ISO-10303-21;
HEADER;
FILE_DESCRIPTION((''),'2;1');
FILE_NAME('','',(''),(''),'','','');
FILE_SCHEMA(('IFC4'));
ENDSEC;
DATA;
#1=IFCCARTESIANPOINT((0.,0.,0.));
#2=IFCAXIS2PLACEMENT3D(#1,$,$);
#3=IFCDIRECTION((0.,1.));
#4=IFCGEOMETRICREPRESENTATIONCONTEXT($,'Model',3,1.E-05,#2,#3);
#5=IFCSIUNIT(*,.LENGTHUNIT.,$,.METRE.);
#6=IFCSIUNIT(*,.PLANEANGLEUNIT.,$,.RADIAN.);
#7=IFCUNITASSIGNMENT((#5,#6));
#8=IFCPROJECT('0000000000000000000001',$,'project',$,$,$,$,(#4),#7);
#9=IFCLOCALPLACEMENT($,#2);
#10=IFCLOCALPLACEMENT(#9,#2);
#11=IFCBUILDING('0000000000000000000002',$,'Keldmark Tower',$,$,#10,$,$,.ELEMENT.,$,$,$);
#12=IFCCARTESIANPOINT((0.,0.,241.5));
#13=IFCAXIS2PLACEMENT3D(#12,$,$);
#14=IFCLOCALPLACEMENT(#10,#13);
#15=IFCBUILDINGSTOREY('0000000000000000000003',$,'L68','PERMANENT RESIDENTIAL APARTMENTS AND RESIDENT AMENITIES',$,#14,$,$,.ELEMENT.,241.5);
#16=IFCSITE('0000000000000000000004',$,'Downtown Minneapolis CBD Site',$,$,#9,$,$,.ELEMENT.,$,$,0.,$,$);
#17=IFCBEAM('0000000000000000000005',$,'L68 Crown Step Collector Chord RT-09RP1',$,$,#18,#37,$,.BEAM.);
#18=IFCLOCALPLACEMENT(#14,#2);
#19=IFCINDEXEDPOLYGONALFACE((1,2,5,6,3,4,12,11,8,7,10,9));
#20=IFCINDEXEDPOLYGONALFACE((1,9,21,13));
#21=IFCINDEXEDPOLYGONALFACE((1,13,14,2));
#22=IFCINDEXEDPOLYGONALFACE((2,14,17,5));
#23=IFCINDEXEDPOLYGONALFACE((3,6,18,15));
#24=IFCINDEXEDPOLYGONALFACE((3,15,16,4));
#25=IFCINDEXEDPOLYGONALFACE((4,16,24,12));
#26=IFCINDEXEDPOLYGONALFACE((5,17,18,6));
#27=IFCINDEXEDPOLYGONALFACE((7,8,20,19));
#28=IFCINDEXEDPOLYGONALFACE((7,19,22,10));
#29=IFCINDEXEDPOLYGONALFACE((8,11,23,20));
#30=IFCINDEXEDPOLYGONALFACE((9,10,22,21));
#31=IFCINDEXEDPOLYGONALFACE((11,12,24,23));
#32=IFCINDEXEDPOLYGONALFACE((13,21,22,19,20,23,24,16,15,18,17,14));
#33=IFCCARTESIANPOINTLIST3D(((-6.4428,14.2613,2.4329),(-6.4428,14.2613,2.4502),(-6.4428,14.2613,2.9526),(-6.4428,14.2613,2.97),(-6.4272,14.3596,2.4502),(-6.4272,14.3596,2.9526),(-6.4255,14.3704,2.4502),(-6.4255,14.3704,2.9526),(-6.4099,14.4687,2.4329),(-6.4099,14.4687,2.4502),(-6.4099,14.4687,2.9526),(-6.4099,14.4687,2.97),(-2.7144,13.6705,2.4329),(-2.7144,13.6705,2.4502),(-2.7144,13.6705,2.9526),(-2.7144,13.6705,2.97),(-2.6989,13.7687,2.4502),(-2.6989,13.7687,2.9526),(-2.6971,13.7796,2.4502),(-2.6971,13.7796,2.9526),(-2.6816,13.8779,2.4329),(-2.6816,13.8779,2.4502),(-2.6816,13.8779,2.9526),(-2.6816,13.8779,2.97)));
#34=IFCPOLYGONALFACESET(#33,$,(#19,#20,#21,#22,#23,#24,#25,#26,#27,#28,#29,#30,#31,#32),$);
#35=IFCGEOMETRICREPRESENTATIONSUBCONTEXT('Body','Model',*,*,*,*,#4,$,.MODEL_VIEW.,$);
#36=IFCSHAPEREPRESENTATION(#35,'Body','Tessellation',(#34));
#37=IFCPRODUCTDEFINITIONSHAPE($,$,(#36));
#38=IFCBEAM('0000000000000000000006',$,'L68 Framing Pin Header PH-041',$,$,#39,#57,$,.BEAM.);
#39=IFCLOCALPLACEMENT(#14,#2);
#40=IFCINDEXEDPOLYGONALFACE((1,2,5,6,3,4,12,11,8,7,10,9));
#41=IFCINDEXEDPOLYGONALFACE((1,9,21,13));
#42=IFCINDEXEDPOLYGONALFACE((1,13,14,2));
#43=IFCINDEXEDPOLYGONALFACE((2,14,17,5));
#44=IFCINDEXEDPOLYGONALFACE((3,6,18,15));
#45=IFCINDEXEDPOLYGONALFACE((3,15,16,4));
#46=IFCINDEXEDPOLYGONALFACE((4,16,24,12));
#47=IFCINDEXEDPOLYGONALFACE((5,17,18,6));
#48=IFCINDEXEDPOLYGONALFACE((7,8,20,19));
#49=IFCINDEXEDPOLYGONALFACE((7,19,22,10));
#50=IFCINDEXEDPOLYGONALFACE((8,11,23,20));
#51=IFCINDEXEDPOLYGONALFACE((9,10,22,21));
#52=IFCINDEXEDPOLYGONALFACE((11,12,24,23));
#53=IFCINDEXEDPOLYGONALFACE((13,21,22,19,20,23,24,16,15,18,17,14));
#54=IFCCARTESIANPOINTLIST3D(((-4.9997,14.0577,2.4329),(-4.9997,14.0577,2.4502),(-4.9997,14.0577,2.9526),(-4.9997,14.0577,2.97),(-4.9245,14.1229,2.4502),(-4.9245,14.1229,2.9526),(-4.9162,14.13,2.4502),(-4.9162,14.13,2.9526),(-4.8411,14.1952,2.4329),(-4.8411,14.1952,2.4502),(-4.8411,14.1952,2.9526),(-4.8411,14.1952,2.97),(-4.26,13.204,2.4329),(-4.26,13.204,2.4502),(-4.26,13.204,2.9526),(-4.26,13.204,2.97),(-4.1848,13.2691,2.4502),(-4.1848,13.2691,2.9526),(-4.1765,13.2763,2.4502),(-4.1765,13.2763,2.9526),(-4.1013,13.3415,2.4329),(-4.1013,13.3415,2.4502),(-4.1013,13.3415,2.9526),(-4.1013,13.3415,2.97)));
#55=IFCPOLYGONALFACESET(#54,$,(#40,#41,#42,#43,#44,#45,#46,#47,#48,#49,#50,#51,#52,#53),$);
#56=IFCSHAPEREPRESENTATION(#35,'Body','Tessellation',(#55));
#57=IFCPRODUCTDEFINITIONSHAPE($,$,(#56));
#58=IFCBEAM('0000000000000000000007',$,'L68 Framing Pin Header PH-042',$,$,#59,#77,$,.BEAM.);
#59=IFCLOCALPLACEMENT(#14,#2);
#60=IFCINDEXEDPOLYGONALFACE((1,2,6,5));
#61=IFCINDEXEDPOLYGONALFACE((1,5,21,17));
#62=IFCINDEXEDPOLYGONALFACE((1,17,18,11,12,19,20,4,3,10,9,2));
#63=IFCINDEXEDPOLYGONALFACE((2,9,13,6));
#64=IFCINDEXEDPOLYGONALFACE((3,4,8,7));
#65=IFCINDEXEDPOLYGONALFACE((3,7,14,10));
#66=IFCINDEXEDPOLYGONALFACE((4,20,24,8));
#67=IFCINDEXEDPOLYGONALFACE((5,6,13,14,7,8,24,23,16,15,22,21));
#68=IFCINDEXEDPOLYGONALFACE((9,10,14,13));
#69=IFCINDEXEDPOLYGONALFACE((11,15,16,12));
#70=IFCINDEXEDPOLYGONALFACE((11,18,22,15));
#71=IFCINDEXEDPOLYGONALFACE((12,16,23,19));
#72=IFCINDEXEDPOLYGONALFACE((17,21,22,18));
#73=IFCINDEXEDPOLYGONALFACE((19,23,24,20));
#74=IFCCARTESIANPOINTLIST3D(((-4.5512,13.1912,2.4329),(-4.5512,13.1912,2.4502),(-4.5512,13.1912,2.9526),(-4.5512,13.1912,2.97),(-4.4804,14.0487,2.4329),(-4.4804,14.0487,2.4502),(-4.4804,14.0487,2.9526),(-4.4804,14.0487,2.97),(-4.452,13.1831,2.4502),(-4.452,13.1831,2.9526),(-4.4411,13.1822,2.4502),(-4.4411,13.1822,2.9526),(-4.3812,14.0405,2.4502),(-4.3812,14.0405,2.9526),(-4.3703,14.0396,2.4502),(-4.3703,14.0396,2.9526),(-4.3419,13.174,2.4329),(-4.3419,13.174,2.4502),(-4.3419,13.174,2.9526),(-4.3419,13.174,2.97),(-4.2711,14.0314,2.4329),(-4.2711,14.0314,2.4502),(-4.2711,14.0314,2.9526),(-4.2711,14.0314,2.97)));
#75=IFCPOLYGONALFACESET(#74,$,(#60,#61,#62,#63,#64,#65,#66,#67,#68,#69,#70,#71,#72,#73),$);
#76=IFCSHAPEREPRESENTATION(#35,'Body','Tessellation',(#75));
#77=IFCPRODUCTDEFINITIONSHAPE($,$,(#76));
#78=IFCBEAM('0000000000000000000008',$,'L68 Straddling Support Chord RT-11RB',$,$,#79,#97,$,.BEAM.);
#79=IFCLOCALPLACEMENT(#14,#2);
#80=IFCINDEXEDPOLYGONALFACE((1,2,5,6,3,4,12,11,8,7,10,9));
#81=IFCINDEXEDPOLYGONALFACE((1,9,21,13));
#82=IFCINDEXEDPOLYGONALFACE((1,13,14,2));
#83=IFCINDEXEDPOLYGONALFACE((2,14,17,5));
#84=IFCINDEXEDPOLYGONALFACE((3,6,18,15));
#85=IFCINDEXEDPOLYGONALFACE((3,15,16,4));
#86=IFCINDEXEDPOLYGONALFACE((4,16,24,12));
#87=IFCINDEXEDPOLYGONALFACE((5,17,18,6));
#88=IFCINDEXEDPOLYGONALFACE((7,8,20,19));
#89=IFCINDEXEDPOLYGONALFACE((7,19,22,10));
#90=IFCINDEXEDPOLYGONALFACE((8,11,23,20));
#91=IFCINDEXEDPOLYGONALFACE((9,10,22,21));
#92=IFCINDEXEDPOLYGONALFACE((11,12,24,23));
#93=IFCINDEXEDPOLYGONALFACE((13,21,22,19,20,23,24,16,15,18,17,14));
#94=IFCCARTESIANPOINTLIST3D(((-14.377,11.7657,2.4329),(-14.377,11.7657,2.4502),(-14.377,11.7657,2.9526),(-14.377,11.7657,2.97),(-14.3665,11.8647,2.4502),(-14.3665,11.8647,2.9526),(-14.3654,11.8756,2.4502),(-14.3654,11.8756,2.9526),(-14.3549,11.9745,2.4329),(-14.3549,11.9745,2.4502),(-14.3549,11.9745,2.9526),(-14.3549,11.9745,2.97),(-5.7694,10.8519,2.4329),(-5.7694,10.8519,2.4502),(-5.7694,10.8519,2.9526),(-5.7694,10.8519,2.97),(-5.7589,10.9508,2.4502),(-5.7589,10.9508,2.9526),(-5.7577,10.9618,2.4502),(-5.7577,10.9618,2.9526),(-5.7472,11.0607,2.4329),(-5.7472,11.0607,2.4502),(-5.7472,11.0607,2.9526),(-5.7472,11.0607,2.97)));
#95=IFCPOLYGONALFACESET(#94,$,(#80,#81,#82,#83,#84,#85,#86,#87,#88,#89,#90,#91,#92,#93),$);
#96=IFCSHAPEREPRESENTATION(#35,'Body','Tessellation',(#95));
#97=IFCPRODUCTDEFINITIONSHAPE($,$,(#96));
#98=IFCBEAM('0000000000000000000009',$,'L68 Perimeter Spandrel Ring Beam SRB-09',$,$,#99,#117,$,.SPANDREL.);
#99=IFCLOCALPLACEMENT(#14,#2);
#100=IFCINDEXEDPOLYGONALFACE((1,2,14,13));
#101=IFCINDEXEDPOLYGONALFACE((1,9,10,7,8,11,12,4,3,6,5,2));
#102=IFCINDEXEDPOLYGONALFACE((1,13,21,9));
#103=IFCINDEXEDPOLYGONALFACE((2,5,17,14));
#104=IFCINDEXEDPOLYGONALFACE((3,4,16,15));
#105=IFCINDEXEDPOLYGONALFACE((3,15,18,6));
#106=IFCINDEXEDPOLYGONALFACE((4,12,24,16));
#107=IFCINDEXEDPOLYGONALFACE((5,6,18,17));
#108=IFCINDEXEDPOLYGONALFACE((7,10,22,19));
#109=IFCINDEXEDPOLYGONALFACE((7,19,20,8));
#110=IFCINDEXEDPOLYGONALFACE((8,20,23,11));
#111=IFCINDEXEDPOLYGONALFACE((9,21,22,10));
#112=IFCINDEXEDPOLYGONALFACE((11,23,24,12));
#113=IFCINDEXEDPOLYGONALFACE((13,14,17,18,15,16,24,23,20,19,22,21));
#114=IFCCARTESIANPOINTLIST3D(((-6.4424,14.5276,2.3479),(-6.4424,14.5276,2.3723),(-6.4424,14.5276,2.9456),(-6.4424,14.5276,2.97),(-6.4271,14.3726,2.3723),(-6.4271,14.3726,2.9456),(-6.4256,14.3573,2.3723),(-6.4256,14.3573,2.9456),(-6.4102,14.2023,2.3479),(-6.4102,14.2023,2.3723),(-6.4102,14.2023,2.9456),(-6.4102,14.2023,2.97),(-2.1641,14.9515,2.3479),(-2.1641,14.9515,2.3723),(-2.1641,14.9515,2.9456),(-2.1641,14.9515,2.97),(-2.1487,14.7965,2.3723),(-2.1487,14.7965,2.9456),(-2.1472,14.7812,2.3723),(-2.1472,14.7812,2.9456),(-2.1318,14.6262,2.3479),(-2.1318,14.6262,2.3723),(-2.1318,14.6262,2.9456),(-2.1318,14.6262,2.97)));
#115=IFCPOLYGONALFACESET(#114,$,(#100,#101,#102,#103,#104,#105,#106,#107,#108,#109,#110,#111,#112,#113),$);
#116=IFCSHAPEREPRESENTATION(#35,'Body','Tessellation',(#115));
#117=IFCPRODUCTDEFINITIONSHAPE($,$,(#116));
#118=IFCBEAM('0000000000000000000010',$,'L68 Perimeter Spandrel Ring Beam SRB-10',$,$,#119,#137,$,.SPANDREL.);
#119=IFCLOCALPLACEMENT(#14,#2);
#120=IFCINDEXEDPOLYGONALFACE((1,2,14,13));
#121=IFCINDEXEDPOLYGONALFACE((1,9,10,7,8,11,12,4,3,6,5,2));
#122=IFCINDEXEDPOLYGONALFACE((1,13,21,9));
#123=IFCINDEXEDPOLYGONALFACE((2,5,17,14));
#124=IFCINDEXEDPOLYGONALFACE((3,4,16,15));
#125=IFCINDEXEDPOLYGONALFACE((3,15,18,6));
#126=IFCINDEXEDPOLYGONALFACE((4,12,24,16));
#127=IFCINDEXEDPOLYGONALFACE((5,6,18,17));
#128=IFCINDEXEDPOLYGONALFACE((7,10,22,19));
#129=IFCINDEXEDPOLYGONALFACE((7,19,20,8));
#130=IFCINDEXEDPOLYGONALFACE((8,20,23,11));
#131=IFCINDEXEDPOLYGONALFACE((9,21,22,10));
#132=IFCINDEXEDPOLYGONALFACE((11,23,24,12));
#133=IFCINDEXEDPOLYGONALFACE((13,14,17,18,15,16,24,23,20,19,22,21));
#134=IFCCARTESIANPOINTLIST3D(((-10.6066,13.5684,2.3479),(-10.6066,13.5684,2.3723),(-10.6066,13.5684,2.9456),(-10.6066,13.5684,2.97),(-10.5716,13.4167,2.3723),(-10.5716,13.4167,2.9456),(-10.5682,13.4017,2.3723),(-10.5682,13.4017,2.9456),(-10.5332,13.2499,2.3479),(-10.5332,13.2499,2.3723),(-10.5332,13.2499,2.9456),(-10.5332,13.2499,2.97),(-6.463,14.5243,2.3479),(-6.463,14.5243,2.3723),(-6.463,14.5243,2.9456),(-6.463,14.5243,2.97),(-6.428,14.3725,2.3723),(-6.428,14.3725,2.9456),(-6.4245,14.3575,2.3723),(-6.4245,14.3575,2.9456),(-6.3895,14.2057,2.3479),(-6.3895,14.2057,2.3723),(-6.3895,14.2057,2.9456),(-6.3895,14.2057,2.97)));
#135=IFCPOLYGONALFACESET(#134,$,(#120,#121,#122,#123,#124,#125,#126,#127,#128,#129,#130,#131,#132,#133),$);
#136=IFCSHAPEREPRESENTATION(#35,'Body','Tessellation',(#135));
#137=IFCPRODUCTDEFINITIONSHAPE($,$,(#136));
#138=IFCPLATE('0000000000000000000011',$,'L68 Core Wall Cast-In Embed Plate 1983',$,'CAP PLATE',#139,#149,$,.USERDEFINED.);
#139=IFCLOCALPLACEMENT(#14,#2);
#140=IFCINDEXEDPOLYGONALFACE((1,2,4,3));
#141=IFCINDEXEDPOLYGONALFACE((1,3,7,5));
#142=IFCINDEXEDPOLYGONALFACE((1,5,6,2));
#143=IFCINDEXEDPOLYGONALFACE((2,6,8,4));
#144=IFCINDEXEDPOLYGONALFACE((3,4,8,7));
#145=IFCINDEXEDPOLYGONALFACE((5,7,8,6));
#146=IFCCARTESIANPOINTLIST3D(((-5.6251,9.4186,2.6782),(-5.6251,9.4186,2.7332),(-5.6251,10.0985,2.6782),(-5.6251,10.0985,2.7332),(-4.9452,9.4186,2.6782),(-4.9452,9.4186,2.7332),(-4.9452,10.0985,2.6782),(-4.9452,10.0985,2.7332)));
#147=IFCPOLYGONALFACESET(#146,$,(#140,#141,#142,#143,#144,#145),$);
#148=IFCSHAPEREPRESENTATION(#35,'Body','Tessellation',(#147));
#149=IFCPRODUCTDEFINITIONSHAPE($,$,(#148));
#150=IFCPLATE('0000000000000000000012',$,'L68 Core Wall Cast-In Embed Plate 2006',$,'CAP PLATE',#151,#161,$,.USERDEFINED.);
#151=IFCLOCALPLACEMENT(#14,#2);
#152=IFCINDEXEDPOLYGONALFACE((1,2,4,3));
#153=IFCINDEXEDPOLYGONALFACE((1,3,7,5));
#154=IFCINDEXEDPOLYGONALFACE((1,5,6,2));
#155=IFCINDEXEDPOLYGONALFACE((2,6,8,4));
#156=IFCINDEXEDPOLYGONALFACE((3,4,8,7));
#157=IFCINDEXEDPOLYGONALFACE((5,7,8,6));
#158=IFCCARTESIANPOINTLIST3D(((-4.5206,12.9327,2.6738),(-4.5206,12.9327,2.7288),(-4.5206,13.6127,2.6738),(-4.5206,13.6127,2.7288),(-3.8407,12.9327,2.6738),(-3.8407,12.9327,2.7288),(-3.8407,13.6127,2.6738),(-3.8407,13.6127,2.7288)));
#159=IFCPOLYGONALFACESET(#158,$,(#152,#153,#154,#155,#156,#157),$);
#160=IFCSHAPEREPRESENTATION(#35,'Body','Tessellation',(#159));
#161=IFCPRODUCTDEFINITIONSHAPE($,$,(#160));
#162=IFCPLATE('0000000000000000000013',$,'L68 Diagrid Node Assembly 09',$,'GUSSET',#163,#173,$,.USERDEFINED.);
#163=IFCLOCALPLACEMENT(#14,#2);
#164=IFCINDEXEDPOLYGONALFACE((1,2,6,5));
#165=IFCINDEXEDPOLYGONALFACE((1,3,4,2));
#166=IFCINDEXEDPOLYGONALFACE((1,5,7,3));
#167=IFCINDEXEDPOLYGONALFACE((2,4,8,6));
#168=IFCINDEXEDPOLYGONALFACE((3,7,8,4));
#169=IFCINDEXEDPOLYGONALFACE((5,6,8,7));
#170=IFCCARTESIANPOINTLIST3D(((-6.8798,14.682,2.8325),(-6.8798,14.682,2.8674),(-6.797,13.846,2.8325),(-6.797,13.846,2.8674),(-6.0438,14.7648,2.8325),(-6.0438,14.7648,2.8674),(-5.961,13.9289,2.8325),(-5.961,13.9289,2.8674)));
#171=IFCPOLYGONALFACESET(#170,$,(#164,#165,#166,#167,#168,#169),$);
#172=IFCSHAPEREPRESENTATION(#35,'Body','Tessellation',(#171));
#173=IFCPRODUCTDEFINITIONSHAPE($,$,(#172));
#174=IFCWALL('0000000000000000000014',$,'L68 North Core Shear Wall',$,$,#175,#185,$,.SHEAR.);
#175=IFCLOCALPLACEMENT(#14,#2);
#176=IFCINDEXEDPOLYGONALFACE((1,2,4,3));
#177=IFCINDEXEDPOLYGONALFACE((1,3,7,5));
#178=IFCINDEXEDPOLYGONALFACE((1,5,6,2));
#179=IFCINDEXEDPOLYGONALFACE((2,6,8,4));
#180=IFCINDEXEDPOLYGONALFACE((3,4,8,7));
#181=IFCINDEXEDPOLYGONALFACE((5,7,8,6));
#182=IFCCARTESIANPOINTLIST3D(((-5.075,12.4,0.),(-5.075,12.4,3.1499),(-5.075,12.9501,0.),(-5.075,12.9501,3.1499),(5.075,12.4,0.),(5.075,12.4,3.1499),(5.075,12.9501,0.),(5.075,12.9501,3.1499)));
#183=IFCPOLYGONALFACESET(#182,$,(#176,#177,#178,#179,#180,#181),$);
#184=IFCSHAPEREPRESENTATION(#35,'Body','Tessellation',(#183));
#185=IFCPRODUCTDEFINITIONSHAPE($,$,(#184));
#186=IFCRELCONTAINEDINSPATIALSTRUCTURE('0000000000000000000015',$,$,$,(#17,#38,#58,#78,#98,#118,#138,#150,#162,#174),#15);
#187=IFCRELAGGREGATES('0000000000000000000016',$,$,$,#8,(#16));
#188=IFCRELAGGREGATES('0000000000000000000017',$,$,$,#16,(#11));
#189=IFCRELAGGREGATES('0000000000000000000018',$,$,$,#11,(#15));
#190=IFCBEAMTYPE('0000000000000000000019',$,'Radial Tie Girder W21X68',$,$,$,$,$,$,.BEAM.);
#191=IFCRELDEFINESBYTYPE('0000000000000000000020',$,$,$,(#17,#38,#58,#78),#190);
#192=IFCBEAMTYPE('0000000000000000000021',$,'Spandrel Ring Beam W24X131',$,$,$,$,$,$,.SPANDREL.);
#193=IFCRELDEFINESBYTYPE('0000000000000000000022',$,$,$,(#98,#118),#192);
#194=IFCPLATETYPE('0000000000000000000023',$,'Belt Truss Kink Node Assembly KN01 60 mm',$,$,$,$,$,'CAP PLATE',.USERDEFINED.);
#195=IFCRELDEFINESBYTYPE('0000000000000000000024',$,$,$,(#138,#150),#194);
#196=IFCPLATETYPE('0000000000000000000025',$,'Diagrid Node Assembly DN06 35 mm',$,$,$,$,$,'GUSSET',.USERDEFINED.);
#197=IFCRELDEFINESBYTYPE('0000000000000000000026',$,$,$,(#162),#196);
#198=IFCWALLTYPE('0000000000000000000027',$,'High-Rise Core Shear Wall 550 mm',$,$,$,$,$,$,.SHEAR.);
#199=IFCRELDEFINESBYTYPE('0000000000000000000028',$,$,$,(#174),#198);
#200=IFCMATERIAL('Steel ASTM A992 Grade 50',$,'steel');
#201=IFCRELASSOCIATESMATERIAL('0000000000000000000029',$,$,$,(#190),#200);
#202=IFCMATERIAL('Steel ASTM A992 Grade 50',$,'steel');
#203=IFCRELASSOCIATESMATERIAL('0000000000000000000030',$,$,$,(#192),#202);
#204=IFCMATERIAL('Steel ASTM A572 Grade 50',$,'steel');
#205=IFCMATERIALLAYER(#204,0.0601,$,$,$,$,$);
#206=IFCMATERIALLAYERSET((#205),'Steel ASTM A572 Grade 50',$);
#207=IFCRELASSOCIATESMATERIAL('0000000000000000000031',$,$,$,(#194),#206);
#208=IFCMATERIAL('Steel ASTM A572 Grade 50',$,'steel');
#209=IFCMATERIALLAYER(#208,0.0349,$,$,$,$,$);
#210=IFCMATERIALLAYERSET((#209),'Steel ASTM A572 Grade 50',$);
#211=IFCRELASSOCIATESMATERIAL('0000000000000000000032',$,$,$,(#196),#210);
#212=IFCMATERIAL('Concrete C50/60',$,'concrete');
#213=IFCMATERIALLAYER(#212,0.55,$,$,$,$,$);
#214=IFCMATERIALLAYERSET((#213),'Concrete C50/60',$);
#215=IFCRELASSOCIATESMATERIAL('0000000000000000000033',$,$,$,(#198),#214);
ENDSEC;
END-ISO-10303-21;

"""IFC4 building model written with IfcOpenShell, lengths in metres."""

from ifc_helpers import new_model, si_unit, direction, frame, frame_2d, origin, origin_2d, place, context, subcontext, project, spatial, rectangle, i_section, extrude, material, layer, layer_set, material_profile, profile_set, type_object, element, save


model = new_model("IFC4")

# Units and contexts
model_context = context("Model", 3, precision=1e-05, world=origin(), true_north=direction((0.0, 1.0)))
body_context = subcontext(model_context, "Body", "Model", "MODEL_VIEW")
ifc_project = project(units=[si_unit("LENGTHUNIT", "METRE"), si_unit("PLANEANGLEUNIT", "RADIAN")], contexts=[model_context])

# Site, building, storey
site_placement = place(None, origin())
site = spatial("IfcSite", under=ifc_project, at=site_placement, Name="Downtown Minneapolis CBD Site", CompositionType="ELEMENT", RefElevation=0.0)
building_placement = place(site_placement, origin())
building = spatial("IfcBuilding", under=site, at=building_placement, Name="Keldmark Tower", CompositionType="ELEMENT")
storey_placement = place(building_placement, frame((0.0, 0.0, 241.5)))
storey = spatial("IfcBuildingStorey", under=building, at=storey_placement, Name="L68", Description="PERMANENT RESIDENTIAL APARTMENTS AND RESIDENT AMENITIES", CompositionType="ELEMENT", Elevation=241.5)

# Beams
ifc_material_1 = material(Name="Steel ASTM A992 Grade 50", Category="steel")
ifc_material_profile_1 = material_profile(ifc_material_1, i_section(OverallWidth=0.21, OverallDepth=0.5371, WebThickness=0.011, FlangeThickness=0.0173, at=origin_2d()), Name="W21X68")
ifc_profile_set_1 = profile_set([ifc_material_profile_1], Name="Steel ASTM A992 Grade 50")
beam_type_1 = type_object("IfcBeamType", Name="Radial Tie Girder W21X68", PredefinedType="BEAM", material=ifc_profile_set_1)
beam_1_placement = place(storey_placement, frame((-2.698, 13.7742, 2.7014), z_axis=(-0.987675, 0.156517, 0.0), x_axis=(-0.156517, -0.987675, 0.0)))
element("IfcBeam", 1, at=beam_1_placement, inside=storey, type_object=beam_type_1, Name="L68 Crown Step Collector Chord RT-09RP1", PredefinedType="BEAM", context=body_context, shape_type="SweptSolid", body=[
    extrude(i_section(OverallWidth=0.21, OverallDepth=0.5371, WebThickness=0.011, FlangeThickness=0.0173, at=origin_2d()), origin(), (0.0, 0.0, 1.0), 3.7749),
])
beam_2_placement = place(storey_placement, frame((-4.1807, 13.2727, 2.7014), z_axis=(-0.65484, 0.755768, 0.0), x_axis=(-0.755768, -0.65484, 0.0)))
element("IfcBeam", 2, at=beam_2_placement, inside=storey, type_object=beam_type_1, Name="L68 Framing Pin Header PH-041", PredefinedType="BEAM", context=body_context, shape_type="SweptSolid", body=[
    extrude(i_section(OverallWidth=0.21, OverallDepth=0.5371, WebThickness=0.011, FlangeThickness=0.0173, at=origin_2d()), origin(), (0.0, 0.0, 1.0), 1.1296),
])
beam_3_placement = place(storey_placement, frame((-4.3757, 14.04, 2.7014), z_axis=(-0.082294, -0.996608, 0.0), x_axis=(0.996608, -0.082294, 0.0)))
element("IfcBeam", 3, at=beam_3_placement, inside=storey, type_object=beam_type_1, Name="L68 Framing Pin Header PH-042", PredefinedType="BEAM", context=body_context, shape_type="SweptSolid", body=[
    extrude(i_section(OverallWidth=0.21, OverallDepth=0.5371, WebThickness=0.011, FlangeThickness=0.0173, at=origin_2d()), origin(), (0.0, 0.0, 1.0), 0.8604),
])
beam_4_placement = place(storey_placement, frame((-5.7583, 10.9563, 2.7014), z_axis=(-0.994412, 0.10557, 0.0), x_axis=(-0.10557, -0.994412, 0.0)))
element("IfcBeam", 4, at=beam_4_placement, inside=storey, type_object=beam_type_1, Name="L68 Straddling Support Chord RT-11RB", PredefinedType="BEAM", context=body_context, shape_type="SweptSolid", body=[
    extrude(i_section(OverallWidth=0.21, OverallDepth=0.5371, WebThickness=0.011, FlangeThickness=0.0173, at=origin_2d()), origin(), (0.0, 0.0, 1.0), 8.656),
])
ifc_material_2 = material(Name="Steel ASTM A992 Grade 50", Category="steel")
ifc_material_profile_2 = material_profile(ifc_material_2, i_section(OverallWidth=0.3269, OverallDepth=0.6221, WebThickness=0.0154, FlangeThickness=0.0244, at=origin_2d()), Name="W24X131")
ifc_profile_set_2 = profile_set([ifc_material_profile_2], Name="Steel ASTM A992 Grade 50")
beam_type_2 = type_object("IfcBeamType", Name="Spandrel Ring Beam W24X131", PredefinedType="SPANDREL", material=ifc_profile_set_2)
beam_5_placement = place(storey_placement, frame((-2.1479, 14.7888, 2.6589), z_axis=(-0.995129, -0.098582, 0.0), x_axis=(0.098582, -0.995129, 0.0)))
element("IfcBeam", 5, at=beam_5_placement, inside=storey, type_object=beam_type_2, Name="L68 Perimeter Spandrel Ring Beam SRB-09", PredefinedType="SPANDREL", context=body_context, shape_type="SweptSolid", body=[
    extrude(i_section(OverallWidth=0.3269, OverallDepth=0.6221, WebThickness=0.0154, FlangeThickness=0.0244, at=origin_2d()), origin(), (0.0, 0.0, 1.0), 4.2993),
])
beam_6_placement = place(storey_placement, frame((-6.4263, 14.365, 2.6589), z_axis=(-0.974412, -0.224771, 0.0), x_axis=(0.224771, -0.974412, 0.0)))
element("IfcBeam", 6, at=beam_6_placement, inside=storey, type_object=beam_type_2, Name="L68 Perimeter Spandrel Ring Beam SRB-10", PredefinedType="SPANDREL", context=body_context, shape_type="SweptSolid", body=[
    extrude(i_section(OverallWidth=0.3269, OverallDepth=0.6221, WebThickness=0.0154, FlangeThickness=0.0244, at=origin_2d()), origin(), (0.0, 0.0, 1.0), 4.2524),
])

# Plates
ifc_material_3 = material(Name="Steel ASTM A572 Grade 50", Category="steel")
ifc_layer_1 = layer(ifc_material_3, 0.0601)
ifc_layer_set_1 = layer_set([ifc_layer_1], Name="Steel ASTM A572 Grade 50")
plate_type_1 = type_object("IfcPlateType", Name="Belt Truss Kink Node Assembly KN01 60 mm", ElementType="CAP PLATE", PredefinedType="USERDEFINED", material=ifc_layer_set_1)
for number, where, z_axis, x_axis, name in (
    (7, (-5.2852, 9.7585, 2.6782), (0.0, 0.0, 1.0), (1.0, 0.0, 0.0), "L68 Core Wall Cast-In Embed Plate 1983"),
    (8, (-4.1807, 13.2727, 2.6738), (0.0, 0.0, 1.0), (1.0, 0.0, 0.0), "L68 Core Wall Cast-In Embed Plate 2006"),
):
    element("IfcPlate", number, at=place(storey_placement, frame(where, z_axis=z_axis, x_axis=x_axis)), inside=storey, type_object=plate_type_1, Name=name, ObjectType="CAP PLATE", PredefinedType="USERDEFINED", context=body_context, shape_type="SweptSolid", body=[
        extrude(rectangle(XDim=0.6799, YDim=0.6799, at=origin_2d()), origin(), (0.0, 0.0, 1.0), 0.0549),
    ])
ifc_material_4 = material(Name="Steel ASTM A572 Grade 50", Category="steel")
ifc_layer_2 = layer(ifc_material_4, 0.0349)
ifc_layer_set_2 = layer_set([ifc_layer_2], Name="Steel ASTM A572 Grade 50")
plate_type_2 = type_object("IfcPlateType", Name="Diagrid Node Assembly DN06 35 mm", ElementType="GUSSET", PredefinedType="USERDEFINED", material=ifc_layer_set_2)
plate_placement = place(storey_placement, frame((-6.4204, 14.3054, 2.8325), z_axis=(0.0, 0.0, 1.0), x_axis=(-0.995125, -0.098625, 0.0)))
element("IfcPlate", 9, at=plate_placement, inside=storey, type_object=plate_type_2, Name="L68 Diagrid Node Assembly 09", ObjectType="GUSSET", PredefinedType="USERDEFINED", context=body_context, shape_type="SweptSolid", body=[
    extrude(rectangle(XDim=0.8401, YDim=0.8401, at=origin_2d()), origin(), (0.0, 0.0, 1.0), 0.0349),
])

# Wall
ifc_material_5 = material(Name="Concrete C50/60", Category="concrete")
ifc_layer_3 = layer(ifc_material_5, 0.55)
ifc_layer_set_3 = layer_set([ifc_layer_3], Name="Concrete C50/60")
wall_type_1 = type_object("IfcWallType", Name="High-Rise Core Shear Wall 550 mm", PredefinedType="SHEAR", material=ifc_layer_set_3)
wall_1_placement = place(storey_placement, frame((-5.075, 12.675, 0.0), z_axis=(0.0, 0.0, 1.0), x_axis=(1.0, 0.0, 0.0)))
element("IfcWall", 10, at=wall_1_placement, inside=storey, type_object=wall_type_1, Name="L68 North Core Shear Wall", PredefinedType="SHEAR", context=body_context, shape_type="SweptSolid", body=[
    extrude(rectangle(XDim=10.1499, YDim=0.55, at=frame_2d((5.075, 0.0))), origin(), (0.0, 0.0, 1.0), 3.1499),
])

save(model, "model.ifc")
